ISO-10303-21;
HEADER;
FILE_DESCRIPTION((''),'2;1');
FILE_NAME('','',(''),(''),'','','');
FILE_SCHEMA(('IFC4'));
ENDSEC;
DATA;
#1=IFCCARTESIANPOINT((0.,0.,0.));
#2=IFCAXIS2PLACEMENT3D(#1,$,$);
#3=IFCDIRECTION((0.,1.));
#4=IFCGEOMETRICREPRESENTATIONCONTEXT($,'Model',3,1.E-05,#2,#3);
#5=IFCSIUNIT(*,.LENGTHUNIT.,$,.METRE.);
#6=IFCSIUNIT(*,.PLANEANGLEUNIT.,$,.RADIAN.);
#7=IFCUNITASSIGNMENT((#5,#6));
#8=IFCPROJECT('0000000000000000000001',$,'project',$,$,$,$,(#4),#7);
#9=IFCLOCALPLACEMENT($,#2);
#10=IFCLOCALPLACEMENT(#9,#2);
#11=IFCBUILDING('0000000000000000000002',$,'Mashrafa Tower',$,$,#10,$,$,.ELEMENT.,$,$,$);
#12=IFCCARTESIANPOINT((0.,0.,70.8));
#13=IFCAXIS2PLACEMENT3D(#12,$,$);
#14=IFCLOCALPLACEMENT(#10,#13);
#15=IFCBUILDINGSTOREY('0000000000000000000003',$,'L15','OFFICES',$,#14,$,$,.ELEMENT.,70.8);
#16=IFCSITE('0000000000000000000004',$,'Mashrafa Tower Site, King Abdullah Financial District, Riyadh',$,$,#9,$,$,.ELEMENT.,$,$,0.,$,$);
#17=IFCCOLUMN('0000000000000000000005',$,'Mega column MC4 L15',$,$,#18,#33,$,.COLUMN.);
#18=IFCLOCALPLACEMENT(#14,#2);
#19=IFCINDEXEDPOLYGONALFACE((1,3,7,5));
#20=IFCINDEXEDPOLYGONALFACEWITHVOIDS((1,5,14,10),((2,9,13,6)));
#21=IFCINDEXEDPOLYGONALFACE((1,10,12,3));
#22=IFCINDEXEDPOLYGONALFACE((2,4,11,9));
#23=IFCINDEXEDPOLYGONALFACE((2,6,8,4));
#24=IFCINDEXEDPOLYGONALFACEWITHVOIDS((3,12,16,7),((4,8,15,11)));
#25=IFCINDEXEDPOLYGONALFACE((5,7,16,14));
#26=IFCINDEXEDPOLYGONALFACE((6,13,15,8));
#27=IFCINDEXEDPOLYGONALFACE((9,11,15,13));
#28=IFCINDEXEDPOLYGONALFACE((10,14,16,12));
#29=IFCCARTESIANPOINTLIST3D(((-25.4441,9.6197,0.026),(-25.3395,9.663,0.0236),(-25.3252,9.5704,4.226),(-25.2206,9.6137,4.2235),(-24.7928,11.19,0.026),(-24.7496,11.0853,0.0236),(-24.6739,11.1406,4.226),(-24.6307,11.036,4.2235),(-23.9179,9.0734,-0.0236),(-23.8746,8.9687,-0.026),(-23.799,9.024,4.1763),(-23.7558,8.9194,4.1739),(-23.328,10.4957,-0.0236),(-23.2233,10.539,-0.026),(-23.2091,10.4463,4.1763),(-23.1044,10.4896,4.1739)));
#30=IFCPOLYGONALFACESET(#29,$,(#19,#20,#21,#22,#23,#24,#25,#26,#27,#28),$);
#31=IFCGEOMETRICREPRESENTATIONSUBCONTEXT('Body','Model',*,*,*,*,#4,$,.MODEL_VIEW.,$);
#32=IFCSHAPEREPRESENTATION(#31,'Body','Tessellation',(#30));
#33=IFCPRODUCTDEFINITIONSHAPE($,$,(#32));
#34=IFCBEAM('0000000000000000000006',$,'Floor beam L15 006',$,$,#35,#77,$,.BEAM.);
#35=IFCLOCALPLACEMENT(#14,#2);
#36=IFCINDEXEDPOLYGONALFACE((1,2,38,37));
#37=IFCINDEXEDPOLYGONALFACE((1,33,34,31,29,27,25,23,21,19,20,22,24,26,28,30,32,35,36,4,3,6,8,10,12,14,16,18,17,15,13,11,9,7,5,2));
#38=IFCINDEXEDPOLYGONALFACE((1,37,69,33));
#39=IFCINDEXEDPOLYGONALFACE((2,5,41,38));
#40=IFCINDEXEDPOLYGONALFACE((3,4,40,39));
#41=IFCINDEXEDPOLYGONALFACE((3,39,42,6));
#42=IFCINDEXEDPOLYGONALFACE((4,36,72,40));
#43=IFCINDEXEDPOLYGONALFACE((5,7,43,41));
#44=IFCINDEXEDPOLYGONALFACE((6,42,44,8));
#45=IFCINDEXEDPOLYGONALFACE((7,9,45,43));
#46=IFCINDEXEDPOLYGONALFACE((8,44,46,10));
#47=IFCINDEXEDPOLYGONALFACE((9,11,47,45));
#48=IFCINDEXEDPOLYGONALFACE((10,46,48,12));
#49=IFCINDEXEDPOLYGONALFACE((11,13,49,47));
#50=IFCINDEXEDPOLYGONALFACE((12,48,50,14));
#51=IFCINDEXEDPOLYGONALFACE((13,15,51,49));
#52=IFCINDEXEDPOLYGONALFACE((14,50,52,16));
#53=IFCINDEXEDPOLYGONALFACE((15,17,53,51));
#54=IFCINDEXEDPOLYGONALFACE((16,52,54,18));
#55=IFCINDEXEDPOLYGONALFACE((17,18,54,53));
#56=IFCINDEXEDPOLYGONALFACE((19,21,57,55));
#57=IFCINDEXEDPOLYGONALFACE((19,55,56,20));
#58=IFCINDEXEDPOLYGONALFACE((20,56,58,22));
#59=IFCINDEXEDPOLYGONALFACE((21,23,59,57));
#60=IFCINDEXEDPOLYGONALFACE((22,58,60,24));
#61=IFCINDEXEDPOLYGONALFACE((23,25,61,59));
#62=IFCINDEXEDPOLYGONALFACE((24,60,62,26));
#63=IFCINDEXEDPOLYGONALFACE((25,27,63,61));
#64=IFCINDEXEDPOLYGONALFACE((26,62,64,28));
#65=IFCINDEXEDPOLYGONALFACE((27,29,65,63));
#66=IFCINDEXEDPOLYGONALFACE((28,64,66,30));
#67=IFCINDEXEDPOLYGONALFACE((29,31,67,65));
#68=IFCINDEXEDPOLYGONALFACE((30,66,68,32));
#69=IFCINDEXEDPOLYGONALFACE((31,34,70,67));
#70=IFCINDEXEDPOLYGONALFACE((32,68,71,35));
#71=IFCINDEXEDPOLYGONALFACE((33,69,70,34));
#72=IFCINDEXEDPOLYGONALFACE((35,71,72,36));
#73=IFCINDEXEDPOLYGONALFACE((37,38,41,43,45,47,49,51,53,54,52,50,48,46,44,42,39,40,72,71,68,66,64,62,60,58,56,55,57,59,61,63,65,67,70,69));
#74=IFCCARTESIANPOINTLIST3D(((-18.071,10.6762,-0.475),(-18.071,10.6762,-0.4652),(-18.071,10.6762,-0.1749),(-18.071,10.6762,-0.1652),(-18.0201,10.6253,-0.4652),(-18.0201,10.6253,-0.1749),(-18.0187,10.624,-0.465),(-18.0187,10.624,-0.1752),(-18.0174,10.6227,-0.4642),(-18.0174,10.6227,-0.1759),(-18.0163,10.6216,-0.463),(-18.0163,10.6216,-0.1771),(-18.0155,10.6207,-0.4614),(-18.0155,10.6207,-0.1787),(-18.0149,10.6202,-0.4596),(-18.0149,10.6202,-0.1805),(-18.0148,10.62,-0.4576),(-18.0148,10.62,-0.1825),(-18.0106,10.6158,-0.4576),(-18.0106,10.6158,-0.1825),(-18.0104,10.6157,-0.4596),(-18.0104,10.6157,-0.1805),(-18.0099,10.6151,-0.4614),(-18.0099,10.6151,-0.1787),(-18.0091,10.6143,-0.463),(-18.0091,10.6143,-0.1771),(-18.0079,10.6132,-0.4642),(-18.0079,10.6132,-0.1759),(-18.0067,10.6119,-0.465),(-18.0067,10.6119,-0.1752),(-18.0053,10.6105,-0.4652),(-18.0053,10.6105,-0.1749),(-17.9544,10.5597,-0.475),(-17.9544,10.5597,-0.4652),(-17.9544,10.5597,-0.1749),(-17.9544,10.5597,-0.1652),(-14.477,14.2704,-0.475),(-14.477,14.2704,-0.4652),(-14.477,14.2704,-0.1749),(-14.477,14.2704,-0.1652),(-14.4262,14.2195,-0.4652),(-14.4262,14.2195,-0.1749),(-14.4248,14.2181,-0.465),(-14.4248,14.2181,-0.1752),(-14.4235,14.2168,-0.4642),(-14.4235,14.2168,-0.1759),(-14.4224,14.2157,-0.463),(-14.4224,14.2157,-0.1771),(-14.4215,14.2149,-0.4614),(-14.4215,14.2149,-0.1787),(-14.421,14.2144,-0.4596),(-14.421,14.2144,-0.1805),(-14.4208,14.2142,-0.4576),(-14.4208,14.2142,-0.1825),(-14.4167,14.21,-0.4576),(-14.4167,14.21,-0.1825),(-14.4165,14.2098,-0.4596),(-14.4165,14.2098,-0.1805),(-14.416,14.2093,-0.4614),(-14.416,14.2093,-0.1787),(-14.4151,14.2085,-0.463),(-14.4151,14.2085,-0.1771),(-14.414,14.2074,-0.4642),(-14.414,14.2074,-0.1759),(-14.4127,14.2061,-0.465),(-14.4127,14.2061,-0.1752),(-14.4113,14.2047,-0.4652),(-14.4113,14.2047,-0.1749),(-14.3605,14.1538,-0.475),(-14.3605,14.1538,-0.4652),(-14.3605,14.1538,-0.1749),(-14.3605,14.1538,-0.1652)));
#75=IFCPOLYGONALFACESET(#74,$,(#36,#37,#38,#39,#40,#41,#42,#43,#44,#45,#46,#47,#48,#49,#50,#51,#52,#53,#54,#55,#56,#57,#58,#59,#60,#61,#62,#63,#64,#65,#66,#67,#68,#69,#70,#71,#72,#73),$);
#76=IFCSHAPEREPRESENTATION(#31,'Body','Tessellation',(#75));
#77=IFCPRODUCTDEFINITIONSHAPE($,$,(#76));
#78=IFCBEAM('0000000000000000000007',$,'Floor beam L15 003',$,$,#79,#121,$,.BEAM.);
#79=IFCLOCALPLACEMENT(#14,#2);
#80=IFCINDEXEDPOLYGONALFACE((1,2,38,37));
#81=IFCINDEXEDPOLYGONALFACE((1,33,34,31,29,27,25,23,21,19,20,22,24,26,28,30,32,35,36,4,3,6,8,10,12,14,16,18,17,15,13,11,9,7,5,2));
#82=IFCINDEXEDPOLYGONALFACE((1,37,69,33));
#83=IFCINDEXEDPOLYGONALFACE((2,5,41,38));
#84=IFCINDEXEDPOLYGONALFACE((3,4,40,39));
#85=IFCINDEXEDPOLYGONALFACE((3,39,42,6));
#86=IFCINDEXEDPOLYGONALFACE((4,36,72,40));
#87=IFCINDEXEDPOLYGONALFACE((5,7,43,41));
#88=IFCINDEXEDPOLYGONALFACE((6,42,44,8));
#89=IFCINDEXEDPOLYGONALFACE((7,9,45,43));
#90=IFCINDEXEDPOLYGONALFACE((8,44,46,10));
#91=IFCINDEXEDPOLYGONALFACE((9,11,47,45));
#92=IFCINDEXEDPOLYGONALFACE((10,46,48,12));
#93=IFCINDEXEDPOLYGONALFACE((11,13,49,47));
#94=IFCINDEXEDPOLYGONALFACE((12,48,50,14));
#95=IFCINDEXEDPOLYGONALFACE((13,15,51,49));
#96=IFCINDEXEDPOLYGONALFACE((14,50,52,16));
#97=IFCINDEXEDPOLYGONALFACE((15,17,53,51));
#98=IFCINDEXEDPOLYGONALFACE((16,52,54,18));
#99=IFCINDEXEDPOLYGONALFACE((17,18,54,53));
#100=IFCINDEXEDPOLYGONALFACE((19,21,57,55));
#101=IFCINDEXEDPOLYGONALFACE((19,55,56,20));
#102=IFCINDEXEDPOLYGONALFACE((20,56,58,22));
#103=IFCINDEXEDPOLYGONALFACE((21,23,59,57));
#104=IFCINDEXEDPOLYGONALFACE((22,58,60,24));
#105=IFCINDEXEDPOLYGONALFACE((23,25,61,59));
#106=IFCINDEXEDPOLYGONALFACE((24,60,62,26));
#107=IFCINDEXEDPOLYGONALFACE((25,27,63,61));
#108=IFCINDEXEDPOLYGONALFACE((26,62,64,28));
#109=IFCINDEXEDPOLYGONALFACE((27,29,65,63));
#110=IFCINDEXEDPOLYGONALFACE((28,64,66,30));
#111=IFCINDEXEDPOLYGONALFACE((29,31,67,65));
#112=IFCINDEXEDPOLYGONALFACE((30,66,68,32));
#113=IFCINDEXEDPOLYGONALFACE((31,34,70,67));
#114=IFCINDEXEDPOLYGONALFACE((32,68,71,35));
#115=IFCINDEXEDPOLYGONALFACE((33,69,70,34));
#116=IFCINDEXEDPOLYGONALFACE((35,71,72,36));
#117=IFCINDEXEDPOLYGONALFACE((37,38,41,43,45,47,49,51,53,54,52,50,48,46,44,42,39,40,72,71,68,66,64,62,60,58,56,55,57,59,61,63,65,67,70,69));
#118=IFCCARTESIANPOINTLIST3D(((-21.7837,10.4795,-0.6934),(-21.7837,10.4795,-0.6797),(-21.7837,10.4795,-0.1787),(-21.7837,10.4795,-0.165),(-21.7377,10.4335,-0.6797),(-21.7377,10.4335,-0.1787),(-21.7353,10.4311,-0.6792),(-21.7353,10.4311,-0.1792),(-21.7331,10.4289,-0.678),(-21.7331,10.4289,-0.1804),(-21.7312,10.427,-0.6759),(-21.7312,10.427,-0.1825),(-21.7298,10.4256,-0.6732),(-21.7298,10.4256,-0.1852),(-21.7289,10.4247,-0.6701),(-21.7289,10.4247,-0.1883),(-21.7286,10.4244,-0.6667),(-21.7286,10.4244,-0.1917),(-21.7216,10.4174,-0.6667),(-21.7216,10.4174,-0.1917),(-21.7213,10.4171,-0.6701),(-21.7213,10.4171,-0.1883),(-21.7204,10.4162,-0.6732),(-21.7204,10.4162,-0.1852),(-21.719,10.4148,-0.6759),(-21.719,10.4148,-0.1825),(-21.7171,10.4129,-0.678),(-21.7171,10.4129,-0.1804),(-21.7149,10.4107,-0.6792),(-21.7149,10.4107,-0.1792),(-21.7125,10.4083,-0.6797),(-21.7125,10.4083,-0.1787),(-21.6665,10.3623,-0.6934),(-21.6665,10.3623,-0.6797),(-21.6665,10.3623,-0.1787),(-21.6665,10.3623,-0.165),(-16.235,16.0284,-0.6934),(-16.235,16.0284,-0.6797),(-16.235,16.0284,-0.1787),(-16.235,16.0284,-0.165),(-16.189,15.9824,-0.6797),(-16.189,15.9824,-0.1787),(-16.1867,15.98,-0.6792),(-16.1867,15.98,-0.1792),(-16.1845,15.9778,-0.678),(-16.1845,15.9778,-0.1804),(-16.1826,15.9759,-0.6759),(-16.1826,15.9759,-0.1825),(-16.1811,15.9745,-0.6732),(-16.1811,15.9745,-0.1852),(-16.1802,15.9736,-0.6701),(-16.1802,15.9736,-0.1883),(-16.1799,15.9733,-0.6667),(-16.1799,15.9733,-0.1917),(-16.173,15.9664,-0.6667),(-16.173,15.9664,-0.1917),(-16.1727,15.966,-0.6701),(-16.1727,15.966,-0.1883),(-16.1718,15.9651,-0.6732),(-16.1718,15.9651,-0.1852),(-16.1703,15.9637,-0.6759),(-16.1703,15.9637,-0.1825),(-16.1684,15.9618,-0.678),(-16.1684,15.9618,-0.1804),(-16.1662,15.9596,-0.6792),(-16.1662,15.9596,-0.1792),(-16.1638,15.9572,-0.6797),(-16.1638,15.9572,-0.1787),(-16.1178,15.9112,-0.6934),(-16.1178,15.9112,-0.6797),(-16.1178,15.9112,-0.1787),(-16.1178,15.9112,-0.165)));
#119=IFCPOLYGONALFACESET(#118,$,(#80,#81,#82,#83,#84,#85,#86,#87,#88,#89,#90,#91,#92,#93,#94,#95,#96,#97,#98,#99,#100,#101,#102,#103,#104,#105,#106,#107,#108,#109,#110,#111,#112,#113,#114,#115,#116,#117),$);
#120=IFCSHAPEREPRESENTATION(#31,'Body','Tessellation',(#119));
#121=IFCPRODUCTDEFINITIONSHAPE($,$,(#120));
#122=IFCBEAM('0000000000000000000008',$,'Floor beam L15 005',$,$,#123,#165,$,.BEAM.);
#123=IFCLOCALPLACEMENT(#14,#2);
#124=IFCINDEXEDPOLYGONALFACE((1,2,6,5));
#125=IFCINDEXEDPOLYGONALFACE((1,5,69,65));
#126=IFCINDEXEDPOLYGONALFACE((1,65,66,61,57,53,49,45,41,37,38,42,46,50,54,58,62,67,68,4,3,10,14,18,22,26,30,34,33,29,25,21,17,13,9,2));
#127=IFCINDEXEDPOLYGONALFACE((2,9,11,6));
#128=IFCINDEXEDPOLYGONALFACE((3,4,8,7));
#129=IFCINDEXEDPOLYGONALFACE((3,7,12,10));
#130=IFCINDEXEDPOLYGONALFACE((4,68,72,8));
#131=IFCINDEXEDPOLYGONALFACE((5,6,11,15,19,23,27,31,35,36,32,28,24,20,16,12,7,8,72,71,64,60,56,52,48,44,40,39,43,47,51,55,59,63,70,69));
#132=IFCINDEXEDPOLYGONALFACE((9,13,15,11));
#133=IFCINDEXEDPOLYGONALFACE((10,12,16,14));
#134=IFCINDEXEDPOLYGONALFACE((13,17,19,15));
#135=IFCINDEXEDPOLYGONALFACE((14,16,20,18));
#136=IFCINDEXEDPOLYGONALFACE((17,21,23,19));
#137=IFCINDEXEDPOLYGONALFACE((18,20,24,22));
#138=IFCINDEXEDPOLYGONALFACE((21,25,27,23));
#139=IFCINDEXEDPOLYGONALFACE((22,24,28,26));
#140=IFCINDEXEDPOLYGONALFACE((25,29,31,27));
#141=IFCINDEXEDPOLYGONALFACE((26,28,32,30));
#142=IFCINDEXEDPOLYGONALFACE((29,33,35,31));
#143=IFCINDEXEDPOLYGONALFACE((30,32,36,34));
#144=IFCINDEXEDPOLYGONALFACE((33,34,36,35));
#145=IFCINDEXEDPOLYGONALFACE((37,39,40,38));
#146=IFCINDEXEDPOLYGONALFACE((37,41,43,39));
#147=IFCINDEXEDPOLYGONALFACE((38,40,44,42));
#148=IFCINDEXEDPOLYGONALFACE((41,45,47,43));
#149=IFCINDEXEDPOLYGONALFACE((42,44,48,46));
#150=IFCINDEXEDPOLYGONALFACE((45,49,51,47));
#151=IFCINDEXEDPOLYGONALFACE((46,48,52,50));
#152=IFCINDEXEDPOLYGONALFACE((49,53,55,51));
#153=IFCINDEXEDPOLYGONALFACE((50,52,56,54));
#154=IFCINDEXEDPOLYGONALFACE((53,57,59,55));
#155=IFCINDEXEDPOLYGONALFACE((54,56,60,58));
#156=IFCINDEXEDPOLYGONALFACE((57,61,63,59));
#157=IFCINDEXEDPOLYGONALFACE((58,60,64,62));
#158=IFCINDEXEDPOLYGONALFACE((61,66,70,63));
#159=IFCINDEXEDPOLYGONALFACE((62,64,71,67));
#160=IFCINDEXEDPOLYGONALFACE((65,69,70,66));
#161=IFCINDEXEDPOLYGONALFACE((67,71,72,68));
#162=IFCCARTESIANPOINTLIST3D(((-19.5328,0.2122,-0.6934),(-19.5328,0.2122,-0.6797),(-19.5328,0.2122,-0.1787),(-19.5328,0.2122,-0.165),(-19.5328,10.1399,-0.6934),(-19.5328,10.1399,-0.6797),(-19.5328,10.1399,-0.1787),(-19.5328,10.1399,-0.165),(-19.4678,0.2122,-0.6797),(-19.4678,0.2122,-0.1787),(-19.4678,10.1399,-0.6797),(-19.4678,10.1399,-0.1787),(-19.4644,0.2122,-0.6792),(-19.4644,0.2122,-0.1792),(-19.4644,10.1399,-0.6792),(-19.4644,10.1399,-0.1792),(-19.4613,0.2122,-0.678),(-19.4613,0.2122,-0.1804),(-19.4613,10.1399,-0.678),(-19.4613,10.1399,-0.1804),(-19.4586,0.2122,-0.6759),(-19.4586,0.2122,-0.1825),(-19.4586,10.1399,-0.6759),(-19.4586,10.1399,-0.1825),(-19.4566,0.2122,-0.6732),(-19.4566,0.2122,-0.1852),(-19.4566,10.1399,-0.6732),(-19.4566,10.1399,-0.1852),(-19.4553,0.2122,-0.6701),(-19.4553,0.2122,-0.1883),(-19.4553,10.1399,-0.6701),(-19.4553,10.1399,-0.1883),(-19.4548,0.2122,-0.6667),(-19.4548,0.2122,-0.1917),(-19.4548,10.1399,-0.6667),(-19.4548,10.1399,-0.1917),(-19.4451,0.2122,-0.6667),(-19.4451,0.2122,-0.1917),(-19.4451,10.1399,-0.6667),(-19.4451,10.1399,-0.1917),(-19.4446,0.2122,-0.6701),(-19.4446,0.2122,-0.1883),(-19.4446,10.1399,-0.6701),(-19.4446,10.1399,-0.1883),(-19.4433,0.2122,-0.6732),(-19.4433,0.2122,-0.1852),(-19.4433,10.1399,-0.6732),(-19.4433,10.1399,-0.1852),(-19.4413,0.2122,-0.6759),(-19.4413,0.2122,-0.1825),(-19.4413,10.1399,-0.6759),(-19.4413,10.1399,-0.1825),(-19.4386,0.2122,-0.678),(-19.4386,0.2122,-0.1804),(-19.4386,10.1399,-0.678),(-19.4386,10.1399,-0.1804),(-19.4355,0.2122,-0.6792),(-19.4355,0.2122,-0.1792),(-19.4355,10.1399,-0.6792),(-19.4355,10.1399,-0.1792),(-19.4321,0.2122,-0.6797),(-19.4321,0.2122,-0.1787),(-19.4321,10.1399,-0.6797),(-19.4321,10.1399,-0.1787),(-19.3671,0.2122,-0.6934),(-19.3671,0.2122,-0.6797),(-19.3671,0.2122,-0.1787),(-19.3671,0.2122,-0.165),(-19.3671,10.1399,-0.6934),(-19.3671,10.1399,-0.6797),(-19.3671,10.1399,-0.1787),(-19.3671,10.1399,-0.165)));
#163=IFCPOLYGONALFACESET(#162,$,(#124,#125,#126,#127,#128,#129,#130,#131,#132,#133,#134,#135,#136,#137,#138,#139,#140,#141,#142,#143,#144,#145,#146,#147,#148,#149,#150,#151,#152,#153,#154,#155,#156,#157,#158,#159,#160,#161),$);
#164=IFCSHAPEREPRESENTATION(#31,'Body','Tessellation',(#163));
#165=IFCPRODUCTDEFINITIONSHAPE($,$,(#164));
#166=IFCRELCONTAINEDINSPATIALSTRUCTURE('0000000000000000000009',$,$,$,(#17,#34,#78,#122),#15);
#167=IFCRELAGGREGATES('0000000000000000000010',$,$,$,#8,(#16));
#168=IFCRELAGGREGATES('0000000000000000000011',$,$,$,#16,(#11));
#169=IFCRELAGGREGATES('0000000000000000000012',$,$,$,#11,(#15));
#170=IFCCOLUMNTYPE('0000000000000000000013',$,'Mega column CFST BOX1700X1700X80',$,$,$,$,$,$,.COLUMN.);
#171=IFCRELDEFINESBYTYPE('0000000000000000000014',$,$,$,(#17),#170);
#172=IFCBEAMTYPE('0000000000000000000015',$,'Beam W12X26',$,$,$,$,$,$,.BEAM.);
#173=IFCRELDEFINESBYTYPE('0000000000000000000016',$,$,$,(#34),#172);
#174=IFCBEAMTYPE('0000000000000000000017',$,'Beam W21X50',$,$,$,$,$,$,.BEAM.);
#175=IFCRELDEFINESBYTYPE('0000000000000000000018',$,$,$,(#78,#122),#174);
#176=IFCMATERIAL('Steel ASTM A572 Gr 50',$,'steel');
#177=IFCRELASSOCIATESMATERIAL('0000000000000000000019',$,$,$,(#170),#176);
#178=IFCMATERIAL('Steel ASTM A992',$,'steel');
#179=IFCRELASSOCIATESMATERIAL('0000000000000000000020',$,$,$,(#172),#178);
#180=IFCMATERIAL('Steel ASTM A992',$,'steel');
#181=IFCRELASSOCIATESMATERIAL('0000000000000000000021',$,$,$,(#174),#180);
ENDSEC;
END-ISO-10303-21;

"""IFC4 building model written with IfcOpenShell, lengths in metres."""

from ifc_helpers import new_model, si_unit, direction, frame, origin, origin_2d, place, context, subcontext, project, spatial, hollow_rectangle, i_section, extrude, material, material_profile, profile_set, type_object, element, save


model = new_model("IFC4")

# Units and contexts
model_context = context("Model", 3, precision=1e-05, world=origin(), true_north=direction((0.0, 1.0)))
body_context = subcontext(model_context, "Body", "Model", "MODEL_VIEW")
ifc_project = project(units=[si_unit("LENGTHUNIT", "METRE"), si_unit("PLANEANGLEUNIT", "RADIAN")], contexts=[model_context])

# Site, building, storey
site_placement = place(None, origin())
site = spatial("IfcSite", under=ifc_project, at=site_placement, Name="Mashrafa Tower Site, King Abdullah Financial District, Riyadh", CompositionType="ELEMENT", RefElevation=0.0)
building_placement = place(site_placement, origin())
building = spatial("IfcBuilding", under=site, at=building_placement, Name="Mashrafa Tower", CompositionType="ELEMENT")
storey_placement = place(building_placement, frame((0.0, 0.0, 70.8)))
storey = spatial("IfcBuildingStorey", under=building, at=storey_placement, Name="L15", Description="OFFICES", CompositionType="ELEMENT", Elevation=70.8)

# Column
ifc_material_1 = material(Name="Steel ASTM A572 Gr 50", Category="steel")
ifc_material_profile_1 = material_profile(ifc_material_1, hollow_rectangle(XDim=1.7, YDim=1.7, WallThickness=0.0801, at=origin_2d()), Name="BOX1700X1700X80")
ifc_profile_set_1 = profile_set([ifc_material_profile_1], Name="Steel ASTM A572 Gr 50")
column_type = type_object("IfcColumnType", Name="Mega column CFST BOX1700X1700X80", PredefinedType="COLUMN", material=ifc_profile_set_1)
column_placement = place(storey_placement, frame((-24.3337, 10.0793, 0.0), z_axis=(0.028296, -0.011737, 0.999531), x_axis=(0.383133, 0.923693, 0.0)))
element("IfcColumn", 1, at=column_placement, inside=storey, type_object=column_type, Name="Mega column MC4 L15", PredefinedType="COLUMN", context=body_context, shape_type="SweptSolid", body=[
    extrude(hollow_rectangle(XDim=1.7, YDim=1.7, WallThickness=0.0801, at=origin_2d()), origin(), (0.0, 0.0, 1.0), 4.2019),
])

# Beams
ifc_material_2 = material(Name="Steel ASTM A992", Category="steel")
ifc_material_profile_2 = material_profile(ifc_material_2, i_section(OverallWidth=0.1648, OverallDepth=0.3098, WebThickness=0.0059, FlangeThickness=0.0098, FilletRadius=0.0076, at=origin_2d()), Name="W12X26")
ifc_profile_set_2 = profile_set([ifc_material_profile_2], Name="Steel ASTM A992")
beam_type_1 = type_object("IfcBeamType", Name="Beam W12X26", PredefinedType="BEAM", material=ifc_profile_set_2)
beam_1_placement = place(storey_placement, frame((-18.0127, 10.6179, -0.3201), z_axis=(0.707083, 0.707131, 0.0), x_axis=(-0.707131, 0.707083, 0.0)))
element("IfcBeam", 2, at=beam_1_placement, inside=storey, type_object=beam_type_1, Name="Floor beam L15 006", PredefinedType="BEAM", context=body_context, shape_type="SweptSolid", body=[
    extrude(i_section(OverallWidth=0.1648, OverallDepth=0.3098, WebThickness=0.0059, FlangeThickness=0.0098, FilletRadius=0.0076, at=origin_2d()), origin(), (0.0, 0.0, 1.0), 5.0828),
])
ifc_material_3 = material(Name="Steel ASTM A992", Category="steel")
ifc_material_profile_3 = material_profile(ifc_material_3, i_section(OverallWidth=0.1658, OverallDepth=0.5283, WebThickness=0.0098, FlangeThickness=0.0137, FilletRadius=0.0129, at=origin_2d()), Name="W21X50")
ifc_profile_set_3 = profile_set([ifc_material_profile_3], Name="Steel ASTM A992")
beam_type_2 = type_object("IfcBeamType", Name="Beam W21X50", PredefinedType="BEAM", material=ifc_profile_set_3)
beam_2_placement = place(storey_placement, frame((-21.7251, 10.4209, -0.4292), z_axis=(0.707091, 0.707122, 0.0), x_axis=(-0.707122, 0.707091, 0.0)))
element("IfcBeam", 3, at=beam_2_placement, inside=storey, type_object=beam_type_2, Name="Floor beam L15 003", PredefinedType="BEAM", context=body_context, shape_type="SweptSolid", body=[
    extrude(i_section(OverallWidth=0.1658, OverallDepth=0.5283, WebThickness=0.0098, FlangeThickness=0.0137, FilletRadius=0.0129, at=origin_2d()), origin(), (0.0, 0.0, 1.0), 7.8472),
])
beam_3_placement = place(storey_placement, frame((-19.45, 0.2122, -0.4292), z_axis=(0.0, 1.0, 0.0), x_axis=(-1.0, 0.0, 0.0)))
element("IfcBeam", 4, at=beam_3_placement, inside=storey, type_object=beam_type_2, Name="Floor beam L15 005", PredefinedType="BEAM", context=body_context, shape_type="SweptSolid", body=[
    extrude(i_section(OverallWidth=0.1658, OverallDepth=0.5283, WebThickness=0.0098, FlangeThickness=0.0137, FilletRadius=0.0129, at=origin_2d()), origin(), (0.0, 0.0, 1.0), 9.9277),
])

save(model, "model.ifc")
